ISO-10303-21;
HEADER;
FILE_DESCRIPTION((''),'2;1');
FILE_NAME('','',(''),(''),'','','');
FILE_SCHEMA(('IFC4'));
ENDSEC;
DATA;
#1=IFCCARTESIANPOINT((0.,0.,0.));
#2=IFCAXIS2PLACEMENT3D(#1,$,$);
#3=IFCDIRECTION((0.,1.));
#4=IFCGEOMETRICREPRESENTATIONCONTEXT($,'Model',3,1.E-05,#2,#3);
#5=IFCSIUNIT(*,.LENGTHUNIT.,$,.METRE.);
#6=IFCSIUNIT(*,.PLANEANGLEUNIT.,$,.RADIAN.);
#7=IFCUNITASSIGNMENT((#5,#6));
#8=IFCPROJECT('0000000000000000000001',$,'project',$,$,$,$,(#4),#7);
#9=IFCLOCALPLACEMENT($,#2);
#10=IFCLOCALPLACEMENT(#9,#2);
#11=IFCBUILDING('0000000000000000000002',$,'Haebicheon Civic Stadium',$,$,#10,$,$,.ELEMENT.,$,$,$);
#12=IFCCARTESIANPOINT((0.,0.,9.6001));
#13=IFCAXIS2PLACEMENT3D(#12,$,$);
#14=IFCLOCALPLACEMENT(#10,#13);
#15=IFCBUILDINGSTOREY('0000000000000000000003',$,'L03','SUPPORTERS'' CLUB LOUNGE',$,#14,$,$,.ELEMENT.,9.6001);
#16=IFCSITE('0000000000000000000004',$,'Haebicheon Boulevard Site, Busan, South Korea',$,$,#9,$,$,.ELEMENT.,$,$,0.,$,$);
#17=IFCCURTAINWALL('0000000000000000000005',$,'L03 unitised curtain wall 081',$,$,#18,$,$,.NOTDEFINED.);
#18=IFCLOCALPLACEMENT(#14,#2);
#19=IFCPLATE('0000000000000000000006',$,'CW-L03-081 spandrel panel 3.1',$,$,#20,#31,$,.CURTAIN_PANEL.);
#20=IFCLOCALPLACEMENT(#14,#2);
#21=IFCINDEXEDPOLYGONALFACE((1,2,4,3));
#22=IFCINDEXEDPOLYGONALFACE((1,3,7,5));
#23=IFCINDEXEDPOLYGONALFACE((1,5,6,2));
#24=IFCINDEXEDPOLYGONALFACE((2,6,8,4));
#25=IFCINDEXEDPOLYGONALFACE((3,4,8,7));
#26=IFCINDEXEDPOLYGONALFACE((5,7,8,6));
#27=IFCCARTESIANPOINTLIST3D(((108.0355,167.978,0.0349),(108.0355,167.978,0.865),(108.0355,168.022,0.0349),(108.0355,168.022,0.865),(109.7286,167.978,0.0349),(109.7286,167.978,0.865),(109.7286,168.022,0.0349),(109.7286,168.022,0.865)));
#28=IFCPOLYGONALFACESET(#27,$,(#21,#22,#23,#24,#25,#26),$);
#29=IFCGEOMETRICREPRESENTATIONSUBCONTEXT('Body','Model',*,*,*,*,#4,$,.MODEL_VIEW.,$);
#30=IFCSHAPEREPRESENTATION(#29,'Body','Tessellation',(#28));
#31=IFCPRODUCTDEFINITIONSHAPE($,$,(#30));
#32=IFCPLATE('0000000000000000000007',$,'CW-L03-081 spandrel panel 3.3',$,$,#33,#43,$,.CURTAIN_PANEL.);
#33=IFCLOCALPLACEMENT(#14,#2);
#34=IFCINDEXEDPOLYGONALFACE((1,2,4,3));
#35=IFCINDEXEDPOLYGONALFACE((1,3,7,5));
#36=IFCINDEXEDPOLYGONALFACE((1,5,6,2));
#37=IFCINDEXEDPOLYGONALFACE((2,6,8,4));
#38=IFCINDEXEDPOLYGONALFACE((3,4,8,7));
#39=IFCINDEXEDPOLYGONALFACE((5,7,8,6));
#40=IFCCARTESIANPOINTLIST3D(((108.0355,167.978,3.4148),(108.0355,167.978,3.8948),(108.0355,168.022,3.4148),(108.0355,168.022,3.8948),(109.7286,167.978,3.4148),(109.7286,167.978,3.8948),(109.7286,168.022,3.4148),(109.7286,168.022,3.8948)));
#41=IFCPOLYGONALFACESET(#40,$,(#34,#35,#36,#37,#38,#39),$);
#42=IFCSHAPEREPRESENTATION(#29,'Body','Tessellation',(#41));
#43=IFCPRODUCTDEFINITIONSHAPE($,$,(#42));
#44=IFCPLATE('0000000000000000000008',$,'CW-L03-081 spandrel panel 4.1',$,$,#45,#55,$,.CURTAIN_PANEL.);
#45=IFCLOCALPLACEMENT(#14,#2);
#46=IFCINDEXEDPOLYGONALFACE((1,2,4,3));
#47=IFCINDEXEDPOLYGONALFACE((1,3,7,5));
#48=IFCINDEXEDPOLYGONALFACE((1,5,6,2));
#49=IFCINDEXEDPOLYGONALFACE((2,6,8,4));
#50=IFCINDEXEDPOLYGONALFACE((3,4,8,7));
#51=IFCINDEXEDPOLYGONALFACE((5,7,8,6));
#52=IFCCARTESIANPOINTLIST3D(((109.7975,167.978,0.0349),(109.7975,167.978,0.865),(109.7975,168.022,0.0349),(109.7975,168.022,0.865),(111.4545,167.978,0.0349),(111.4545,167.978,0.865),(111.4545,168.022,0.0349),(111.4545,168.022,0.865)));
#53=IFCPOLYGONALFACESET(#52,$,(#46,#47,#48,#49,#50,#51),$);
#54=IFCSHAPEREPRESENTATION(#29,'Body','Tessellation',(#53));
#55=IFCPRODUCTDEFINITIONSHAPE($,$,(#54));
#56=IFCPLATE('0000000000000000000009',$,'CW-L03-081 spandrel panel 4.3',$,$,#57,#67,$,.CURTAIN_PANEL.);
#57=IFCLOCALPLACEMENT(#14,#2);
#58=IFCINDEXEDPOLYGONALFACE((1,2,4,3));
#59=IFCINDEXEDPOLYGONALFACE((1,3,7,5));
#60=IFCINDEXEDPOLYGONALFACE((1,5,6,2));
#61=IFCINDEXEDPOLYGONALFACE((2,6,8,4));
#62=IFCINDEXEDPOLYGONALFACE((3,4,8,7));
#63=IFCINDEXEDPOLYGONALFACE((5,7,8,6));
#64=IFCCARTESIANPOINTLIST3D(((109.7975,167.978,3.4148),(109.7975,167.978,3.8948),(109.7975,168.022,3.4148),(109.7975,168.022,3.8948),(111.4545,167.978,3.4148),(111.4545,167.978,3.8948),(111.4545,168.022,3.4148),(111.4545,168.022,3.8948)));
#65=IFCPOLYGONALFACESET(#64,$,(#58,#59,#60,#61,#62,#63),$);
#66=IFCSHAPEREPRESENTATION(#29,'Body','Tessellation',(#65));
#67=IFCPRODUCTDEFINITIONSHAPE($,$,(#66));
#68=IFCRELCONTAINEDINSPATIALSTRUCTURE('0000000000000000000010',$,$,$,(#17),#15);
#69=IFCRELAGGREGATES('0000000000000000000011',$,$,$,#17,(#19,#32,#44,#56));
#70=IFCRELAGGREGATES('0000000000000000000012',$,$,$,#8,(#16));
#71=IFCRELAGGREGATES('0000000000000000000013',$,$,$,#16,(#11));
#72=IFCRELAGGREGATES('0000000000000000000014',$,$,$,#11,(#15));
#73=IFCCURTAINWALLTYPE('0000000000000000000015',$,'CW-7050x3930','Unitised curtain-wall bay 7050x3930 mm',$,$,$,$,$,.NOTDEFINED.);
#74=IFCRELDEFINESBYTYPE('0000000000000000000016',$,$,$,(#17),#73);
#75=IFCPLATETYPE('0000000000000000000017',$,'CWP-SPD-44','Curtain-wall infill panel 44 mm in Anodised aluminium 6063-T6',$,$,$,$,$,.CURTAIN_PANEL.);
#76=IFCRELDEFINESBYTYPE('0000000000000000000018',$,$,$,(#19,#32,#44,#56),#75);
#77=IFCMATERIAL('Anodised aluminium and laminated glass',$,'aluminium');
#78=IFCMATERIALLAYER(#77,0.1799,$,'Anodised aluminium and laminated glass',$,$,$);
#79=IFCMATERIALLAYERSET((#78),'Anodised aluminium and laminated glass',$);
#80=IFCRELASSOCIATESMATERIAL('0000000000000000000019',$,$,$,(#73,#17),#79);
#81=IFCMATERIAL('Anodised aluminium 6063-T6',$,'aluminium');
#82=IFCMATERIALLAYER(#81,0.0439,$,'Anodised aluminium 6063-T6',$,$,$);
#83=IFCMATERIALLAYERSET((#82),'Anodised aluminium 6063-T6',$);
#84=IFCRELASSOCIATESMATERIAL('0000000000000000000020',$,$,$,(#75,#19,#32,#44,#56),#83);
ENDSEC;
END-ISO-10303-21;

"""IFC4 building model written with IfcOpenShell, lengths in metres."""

from ifc_helpers import new_model, si_unit, direction, frame, origin, origin_2d, place, context, subcontext, project, spatial, rectangle, extrude, material, layer, layer_set, type_object, element, aggregate, save


model = new_model("IFC4")

# Units and contexts
model_context = context("Model", 3, precision=1e-05, world=origin(), true_north=direction((0.0, 1.0)))
body_context = subcontext(model_context, "Body", "Model", "MODEL_VIEW")
ifc_project = project(units=[si_unit("LENGTHUNIT", "METRE"), si_unit("PLANEANGLEUNIT", "RADIAN")], contexts=[model_context])

# Site, building, storey
site_placement = place(None, origin())
site = spatial("IfcSite", under=ifc_project, at=site_placement, Name="Haebicheon Boulevard Site, Busan, South Korea", CompositionType="ELEMENT", RefElevation=0.0)
building_placement = place(site_placement, origin())
building = spatial("IfcBuilding", under=site, at=building_placement, Name="Haebicheon Civic Stadium", CompositionType="ELEMENT")
storey_placement = place(building_placement, frame((0.0, 0.0, 9.6001)))
storey = spatial("IfcBuildingStorey", under=building, at=storey_placement, Name="L03", Description="SUPPORTERS' CLUB LOUNGE", CompositionType="ELEMENT", Elevation=9.6001)

# Curtain wall, plates
ifc_material_1 = material(Name="Anodised aluminium and laminated glass", Category="aluminium")
ifc_layer_1 = layer(ifc_material_1, 0.1799, Name="Anodised aluminium and laminated glass")
ifc_layer_set_1 = layer_set([ifc_layer_1], Name="Anodised aluminium and laminated glass")
curtain_wall_type = type_object("IfcCurtainWallType", Name="CW-7050x3930", Description="Unitised curtain-wall bay 7050x3930 mm", PredefinedType="NOTDEFINED", material=ifc_layer_set_1)
curtain_wall_placement = place(storey_placement, origin())
curtain_wall = element("IfcCurtainWall", 1, at=curtain_wall_placement, inside=storey, type_object=curtain_wall_type, material=ifc_layer_set_1, Name="L03 unitised curtain wall 081", PredefinedType="NOTDEFINED")
ifc_material_2 = material(Name="Anodised aluminium 6063-T6", Category="aluminium")
ifc_layer_2 = layer(ifc_material_2, 0.0439, Name="Anodised aluminium 6063-T6")
ifc_layer_set_2 = layer_set([ifc_layer_2], Name="Anodised aluminium 6063-T6")
plate_type_1 = type_object("IfcPlateType", Name="CWP-SPD-44", Description="Curtain-wall infill panel 44 mm in Anodised aluminium 6063-T6", PredefinedType="CURTAIN_PANEL", material=ifc_layer_set_2)
plate_1_placement = place(storey_placement, frame((108.8821, 168.0, 0.0349), z_axis=(0.0, 0.0, 1.0), x_axis=(1.0, 0.0, 0.0)))
plate_1 = element("IfcPlate", 2, at=plate_1_placement, type_object=plate_type_1, material=ifc_layer_set_2, Name="CW-L03-081 spandrel panel 3.1", PredefinedType="CURTAIN_PANEL", context=body_context, shape_type="SweptSolid", body=[
    extrude(rectangle(XDim=1.6931, YDim=0.0439, at=origin_2d()), origin(), (0.0, 0.0, 1.0), 0.8301),
])
plate_2_placement = place(storey_placement, frame((108.8821, 168.0, 3.4148), z_axis=(0.0, 0.0, 1.0), x_axis=(1.0, 0.0, 0.0)))
plate_2 = element("IfcPlate", 3, at=plate_2_placement, type_object=plate_type_1, material=ifc_layer_set_2, Name="CW-L03-081 spandrel panel 3.3", PredefinedType="CURTAIN_PANEL", context=body_context, shape_type="SweptSolid", body=[
    extrude(rectangle(XDim=1.6931, YDim=0.0439, at=origin_2d()), origin(), (0.0, 0.0, 1.0), 0.48),
])
plate_3_placement = place(storey_placement, frame((110.626, 168.0, 0.0349), z_axis=(0.0, 0.0, 1.0), x_axis=(1.0, 0.0, 0.0)))
plate_3 = element("IfcPlate", 4, at=plate_3_placement, type_object=plate_type_1, material=ifc_layer_set_2, Name="CW-L03-081 spandrel panel 4.1", PredefinedType="CURTAIN_PANEL", context=body_context, shape_type="SweptSolid", body=[
    extrude(rectangle(XDim=1.657, YDim=0.0439, at=origin_2d()), origin(), (0.0, 0.0, 1.0), 0.8301),
])
plate_4_placement = place(storey_placement, frame((110.626, 168.0, 3.4148), z_axis=(0.0, 0.0, 1.0), x_axis=(1.0, 0.0, 0.0)))
plate_4 = element("IfcPlate", 5, at=plate_4_placement, type_object=plate_type_1, material=ifc_layer_set_2, Name="CW-L03-081 spandrel panel 4.3", PredefinedType="CURTAIN_PANEL", context=body_context, shape_type="SweptSolid", body=[
    extrude(rectangle(XDim=1.657, YDim=0.0439, at=origin_2d()), origin(), (0.0, 0.0, 1.0), 0.48),
])
aggregate(curtain_wall, [plate_1, plate_2, plate_3, plate_4])

save(model, "model.ifc")
